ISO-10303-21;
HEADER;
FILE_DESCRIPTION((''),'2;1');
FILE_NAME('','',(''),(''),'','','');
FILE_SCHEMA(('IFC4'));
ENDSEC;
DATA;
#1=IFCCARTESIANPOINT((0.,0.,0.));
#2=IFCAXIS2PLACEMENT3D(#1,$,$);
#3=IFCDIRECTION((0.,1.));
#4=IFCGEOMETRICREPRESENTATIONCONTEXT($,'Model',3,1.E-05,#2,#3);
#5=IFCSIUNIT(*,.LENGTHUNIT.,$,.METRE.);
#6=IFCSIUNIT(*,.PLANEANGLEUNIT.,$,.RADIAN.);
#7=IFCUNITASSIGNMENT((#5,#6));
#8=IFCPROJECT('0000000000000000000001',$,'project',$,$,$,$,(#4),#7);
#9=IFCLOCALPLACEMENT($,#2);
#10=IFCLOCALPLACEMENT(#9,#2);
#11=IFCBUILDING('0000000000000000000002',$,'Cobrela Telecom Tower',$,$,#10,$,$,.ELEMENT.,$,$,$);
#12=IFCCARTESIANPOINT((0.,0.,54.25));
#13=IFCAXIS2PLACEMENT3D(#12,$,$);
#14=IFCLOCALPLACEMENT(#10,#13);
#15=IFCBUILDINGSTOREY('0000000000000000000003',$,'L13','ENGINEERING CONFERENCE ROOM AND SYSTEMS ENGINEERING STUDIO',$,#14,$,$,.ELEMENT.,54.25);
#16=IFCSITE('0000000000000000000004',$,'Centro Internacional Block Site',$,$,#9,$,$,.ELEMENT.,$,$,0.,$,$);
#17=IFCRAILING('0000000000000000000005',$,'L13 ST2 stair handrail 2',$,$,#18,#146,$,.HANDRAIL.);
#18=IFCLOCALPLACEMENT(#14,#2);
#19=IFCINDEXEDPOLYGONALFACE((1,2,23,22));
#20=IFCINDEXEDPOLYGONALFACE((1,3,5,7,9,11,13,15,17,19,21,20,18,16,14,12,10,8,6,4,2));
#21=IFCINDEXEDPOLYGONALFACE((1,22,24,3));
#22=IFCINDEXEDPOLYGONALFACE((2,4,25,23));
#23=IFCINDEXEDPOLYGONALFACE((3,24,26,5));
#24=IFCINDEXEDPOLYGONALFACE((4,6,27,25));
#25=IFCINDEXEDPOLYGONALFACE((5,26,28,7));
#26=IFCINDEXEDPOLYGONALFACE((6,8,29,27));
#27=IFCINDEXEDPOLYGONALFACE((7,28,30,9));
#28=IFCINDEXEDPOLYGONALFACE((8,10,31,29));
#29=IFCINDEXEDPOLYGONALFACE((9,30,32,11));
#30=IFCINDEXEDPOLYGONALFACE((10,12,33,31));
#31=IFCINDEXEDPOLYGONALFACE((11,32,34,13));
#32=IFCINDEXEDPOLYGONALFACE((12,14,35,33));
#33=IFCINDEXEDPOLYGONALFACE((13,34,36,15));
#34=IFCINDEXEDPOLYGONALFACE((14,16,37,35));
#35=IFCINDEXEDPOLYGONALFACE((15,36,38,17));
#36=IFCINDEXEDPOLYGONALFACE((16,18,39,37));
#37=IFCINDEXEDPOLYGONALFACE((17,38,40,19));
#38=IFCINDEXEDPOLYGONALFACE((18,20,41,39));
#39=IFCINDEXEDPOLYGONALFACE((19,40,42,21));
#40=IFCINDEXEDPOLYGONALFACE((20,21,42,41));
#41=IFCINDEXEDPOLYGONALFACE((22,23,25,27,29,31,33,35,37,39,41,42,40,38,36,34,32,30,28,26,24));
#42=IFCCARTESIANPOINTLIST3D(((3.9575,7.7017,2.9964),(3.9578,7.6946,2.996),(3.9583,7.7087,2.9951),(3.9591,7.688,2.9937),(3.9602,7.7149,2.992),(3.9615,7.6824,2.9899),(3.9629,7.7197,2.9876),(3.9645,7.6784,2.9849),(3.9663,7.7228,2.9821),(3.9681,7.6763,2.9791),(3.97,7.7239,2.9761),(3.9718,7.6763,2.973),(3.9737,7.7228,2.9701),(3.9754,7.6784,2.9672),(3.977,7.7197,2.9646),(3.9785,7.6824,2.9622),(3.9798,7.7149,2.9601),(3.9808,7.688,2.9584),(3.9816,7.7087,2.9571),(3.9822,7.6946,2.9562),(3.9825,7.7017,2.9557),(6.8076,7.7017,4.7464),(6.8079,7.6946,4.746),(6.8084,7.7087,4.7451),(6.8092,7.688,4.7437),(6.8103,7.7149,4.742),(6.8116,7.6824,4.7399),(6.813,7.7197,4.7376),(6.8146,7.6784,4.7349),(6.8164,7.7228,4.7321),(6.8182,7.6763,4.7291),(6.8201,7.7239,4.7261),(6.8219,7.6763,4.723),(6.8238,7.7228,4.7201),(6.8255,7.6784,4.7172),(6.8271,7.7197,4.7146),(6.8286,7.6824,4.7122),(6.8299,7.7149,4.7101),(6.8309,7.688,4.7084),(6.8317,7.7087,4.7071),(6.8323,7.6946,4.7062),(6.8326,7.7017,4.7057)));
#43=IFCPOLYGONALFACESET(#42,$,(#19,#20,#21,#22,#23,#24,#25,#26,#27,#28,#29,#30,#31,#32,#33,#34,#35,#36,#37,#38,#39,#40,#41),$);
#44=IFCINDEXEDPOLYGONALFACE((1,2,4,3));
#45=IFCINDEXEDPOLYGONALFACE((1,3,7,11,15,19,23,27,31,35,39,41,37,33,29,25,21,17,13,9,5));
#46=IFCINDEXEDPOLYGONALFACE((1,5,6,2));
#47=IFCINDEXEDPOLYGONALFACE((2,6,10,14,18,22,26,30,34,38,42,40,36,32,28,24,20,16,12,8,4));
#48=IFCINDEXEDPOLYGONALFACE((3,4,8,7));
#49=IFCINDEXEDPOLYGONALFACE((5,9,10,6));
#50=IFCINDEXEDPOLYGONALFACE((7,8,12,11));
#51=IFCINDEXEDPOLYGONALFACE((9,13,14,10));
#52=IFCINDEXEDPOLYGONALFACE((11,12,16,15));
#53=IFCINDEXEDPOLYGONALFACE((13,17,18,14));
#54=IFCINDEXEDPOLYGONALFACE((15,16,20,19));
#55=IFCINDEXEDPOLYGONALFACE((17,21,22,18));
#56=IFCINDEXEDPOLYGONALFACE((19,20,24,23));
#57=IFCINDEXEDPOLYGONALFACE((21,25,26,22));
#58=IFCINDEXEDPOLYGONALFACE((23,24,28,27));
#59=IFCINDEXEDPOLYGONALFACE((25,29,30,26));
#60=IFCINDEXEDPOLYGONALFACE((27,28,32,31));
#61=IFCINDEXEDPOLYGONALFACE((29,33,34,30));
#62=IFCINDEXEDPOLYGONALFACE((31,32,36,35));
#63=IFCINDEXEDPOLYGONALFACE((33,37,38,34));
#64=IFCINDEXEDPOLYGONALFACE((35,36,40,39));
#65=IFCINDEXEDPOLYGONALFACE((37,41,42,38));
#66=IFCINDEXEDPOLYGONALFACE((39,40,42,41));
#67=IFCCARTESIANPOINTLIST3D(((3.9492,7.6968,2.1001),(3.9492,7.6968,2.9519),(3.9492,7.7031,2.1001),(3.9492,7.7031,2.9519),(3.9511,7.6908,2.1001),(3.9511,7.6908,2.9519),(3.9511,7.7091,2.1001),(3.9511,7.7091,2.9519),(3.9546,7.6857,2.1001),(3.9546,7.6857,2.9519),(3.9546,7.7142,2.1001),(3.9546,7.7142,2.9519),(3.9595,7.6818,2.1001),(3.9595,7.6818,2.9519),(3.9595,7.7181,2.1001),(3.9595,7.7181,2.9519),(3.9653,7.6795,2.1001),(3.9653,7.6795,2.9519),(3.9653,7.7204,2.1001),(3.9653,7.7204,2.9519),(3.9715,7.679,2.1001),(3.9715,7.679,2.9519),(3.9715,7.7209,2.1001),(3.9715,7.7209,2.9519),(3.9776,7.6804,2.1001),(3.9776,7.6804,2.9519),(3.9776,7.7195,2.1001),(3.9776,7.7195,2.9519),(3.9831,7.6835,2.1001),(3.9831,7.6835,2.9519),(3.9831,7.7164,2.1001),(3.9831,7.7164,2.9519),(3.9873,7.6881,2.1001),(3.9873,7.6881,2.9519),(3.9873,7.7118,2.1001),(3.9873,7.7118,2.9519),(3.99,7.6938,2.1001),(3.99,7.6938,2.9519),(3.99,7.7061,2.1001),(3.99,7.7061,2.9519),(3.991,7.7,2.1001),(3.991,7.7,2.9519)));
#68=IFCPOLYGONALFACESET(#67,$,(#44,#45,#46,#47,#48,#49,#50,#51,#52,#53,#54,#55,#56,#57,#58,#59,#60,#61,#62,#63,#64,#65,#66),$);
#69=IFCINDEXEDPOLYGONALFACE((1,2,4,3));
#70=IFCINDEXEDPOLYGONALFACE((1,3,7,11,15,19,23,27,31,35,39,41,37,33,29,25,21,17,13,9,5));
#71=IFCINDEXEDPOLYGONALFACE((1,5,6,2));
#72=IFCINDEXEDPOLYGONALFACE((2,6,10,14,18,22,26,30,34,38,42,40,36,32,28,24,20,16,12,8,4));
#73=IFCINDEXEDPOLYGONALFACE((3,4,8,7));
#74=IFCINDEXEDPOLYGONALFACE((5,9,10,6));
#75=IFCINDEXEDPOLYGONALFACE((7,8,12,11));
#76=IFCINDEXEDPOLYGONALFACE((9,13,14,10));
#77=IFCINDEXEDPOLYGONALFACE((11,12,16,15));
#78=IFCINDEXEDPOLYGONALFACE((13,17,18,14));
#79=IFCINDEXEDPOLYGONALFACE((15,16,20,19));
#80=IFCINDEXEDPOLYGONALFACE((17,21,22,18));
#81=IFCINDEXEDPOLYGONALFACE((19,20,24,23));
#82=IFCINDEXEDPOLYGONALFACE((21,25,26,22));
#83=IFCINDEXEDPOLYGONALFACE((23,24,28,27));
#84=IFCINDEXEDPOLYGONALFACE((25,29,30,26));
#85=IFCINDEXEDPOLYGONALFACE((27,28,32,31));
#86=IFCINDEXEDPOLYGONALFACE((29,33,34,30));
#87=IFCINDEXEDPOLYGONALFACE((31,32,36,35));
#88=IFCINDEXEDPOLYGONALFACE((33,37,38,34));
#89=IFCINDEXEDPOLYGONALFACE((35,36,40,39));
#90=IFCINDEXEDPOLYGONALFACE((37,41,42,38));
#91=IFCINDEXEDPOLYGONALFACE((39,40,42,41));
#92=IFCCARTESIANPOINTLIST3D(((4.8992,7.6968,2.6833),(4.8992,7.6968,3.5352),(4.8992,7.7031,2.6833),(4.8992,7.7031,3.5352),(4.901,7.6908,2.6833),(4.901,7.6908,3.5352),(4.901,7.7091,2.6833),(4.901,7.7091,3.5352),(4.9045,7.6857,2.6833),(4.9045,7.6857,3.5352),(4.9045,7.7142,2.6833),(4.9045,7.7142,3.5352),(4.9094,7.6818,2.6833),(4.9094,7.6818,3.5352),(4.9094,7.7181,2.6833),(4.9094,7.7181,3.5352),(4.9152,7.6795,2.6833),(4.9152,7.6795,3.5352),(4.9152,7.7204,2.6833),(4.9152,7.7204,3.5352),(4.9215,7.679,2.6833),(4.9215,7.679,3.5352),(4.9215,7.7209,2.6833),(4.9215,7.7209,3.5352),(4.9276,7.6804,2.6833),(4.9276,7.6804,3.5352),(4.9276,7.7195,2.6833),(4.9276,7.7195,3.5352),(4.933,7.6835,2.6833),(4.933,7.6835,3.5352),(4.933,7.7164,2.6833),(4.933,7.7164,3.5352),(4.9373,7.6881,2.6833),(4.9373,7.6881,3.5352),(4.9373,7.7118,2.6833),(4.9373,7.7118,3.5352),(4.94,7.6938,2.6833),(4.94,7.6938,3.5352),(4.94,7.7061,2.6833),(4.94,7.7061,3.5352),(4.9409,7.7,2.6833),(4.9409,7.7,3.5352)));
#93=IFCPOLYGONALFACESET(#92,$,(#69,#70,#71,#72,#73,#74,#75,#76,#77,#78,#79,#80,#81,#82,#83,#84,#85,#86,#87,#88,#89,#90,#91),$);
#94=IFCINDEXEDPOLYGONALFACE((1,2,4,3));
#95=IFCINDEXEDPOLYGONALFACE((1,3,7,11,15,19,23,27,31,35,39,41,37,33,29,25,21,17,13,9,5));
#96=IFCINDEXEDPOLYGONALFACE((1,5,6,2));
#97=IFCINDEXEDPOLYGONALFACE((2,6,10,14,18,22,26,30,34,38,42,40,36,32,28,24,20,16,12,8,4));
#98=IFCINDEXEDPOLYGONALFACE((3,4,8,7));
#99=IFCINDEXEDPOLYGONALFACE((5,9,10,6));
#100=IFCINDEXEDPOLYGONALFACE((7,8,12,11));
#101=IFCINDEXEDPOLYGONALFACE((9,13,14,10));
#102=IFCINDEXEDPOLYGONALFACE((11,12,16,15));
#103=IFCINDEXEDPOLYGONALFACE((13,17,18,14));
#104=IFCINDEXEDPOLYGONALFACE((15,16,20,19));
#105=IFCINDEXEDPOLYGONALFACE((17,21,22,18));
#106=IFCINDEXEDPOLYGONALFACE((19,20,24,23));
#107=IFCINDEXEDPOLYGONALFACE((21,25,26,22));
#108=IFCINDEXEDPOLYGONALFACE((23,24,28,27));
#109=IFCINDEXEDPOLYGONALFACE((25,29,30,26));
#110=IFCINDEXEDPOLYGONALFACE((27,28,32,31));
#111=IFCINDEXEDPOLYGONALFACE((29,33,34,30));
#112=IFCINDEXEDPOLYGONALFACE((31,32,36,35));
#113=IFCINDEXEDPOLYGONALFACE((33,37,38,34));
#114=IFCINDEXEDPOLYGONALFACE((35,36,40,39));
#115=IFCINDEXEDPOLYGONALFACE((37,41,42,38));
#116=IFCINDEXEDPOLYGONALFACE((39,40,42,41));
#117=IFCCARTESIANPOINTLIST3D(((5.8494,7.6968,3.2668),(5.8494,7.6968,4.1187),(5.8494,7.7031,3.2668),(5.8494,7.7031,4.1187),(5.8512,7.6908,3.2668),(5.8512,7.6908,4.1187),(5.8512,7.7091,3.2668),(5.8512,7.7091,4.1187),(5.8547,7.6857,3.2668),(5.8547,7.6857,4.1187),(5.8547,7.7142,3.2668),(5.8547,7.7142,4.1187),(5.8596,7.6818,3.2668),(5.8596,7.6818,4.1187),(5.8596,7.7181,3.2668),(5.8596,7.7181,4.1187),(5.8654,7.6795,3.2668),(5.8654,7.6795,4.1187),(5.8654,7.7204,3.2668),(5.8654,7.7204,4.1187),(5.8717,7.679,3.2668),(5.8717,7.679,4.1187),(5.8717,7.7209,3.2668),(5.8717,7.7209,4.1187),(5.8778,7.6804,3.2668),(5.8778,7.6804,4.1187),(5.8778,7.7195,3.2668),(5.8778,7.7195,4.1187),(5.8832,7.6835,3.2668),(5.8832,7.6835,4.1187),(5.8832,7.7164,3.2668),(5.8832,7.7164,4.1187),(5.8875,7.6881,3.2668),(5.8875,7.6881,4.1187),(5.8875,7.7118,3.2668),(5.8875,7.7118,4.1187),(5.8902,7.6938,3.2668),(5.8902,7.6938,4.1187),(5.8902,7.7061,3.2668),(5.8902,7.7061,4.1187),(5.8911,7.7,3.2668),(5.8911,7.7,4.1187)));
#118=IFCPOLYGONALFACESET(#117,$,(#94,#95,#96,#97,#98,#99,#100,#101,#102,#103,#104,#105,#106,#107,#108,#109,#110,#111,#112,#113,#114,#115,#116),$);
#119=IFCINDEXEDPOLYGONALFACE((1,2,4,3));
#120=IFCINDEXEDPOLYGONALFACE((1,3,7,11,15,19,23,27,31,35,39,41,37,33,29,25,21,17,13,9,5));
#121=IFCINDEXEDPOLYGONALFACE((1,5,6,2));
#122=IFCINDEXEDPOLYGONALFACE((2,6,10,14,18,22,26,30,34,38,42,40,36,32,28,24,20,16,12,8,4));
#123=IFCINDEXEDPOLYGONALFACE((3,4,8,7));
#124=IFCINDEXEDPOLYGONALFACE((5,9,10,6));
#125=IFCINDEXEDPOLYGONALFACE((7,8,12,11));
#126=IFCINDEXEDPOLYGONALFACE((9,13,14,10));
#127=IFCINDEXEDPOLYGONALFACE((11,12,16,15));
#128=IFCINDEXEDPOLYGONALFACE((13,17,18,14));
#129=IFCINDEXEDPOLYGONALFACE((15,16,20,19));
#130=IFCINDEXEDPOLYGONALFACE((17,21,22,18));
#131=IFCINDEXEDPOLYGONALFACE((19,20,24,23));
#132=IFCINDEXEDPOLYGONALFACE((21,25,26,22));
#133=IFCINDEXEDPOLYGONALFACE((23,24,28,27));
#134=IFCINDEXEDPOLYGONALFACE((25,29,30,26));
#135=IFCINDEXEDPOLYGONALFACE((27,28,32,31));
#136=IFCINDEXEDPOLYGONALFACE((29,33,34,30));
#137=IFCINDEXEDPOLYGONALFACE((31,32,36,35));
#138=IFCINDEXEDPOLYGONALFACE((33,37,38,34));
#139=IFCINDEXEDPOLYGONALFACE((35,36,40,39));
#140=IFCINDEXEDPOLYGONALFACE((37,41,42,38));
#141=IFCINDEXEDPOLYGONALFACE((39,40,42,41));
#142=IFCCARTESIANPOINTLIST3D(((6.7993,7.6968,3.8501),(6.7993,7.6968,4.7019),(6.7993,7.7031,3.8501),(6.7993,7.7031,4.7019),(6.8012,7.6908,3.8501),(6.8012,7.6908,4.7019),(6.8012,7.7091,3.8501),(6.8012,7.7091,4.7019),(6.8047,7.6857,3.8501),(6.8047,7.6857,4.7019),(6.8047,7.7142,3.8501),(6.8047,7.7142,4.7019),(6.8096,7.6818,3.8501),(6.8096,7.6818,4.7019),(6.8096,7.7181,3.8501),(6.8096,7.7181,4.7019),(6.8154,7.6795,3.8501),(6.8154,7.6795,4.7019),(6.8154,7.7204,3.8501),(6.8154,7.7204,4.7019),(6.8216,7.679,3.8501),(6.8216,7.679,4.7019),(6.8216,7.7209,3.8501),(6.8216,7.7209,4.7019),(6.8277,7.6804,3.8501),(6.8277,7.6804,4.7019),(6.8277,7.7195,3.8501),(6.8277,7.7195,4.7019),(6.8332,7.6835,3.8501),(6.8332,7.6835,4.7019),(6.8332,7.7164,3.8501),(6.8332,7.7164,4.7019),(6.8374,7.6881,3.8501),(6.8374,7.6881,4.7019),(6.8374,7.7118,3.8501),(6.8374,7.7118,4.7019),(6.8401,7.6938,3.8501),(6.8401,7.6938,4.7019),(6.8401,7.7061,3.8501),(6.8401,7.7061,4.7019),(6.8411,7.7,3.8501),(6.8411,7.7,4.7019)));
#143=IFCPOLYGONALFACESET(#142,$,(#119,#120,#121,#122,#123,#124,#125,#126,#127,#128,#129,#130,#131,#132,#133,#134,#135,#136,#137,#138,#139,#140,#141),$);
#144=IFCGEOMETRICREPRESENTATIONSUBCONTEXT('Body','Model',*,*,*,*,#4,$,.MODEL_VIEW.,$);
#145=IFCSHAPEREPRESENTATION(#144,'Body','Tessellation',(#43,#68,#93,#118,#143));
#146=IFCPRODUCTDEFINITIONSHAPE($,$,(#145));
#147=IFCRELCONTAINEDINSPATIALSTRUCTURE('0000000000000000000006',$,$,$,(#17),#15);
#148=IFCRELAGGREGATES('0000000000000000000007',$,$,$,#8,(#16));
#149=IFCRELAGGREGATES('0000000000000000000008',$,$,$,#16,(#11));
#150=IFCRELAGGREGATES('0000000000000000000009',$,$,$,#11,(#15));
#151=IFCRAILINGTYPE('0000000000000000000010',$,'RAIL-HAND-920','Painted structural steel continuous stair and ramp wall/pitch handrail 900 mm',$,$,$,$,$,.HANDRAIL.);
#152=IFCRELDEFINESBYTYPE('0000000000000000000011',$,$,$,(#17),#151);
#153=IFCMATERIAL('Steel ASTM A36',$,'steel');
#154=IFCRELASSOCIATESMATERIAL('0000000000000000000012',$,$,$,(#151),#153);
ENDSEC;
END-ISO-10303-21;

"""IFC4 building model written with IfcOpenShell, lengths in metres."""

from ifc_helpers import new_model, si_unit, direction, frame, origin, origin_2d, place, context, subcontext, project, spatial, circle, extrude, material, type_object, element, save


model = new_model("IFC4")

# Units and contexts
model_context = context("Model", 3, precision=1e-05, world=origin(), true_north=direction((0.0, 1.0)))
body_context = subcontext(model_context, "Body", "Model", "MODEL_VIEW")
ifc_project = project(units=[si_unit("LENGTHUNIT", "METRE"), si_unit("PLANEANGLEUNIT", "RADIAN")], contexts=[model_context])

# Site, building, storey
site_placement = place(None, origin())
site = spatial("IfcSite", under=ifc_project, at=site_placement, Name="Centro Internacional Block Site", CompositionType="ELEMENT", RefElevation=0.0)
building_placement = place(site_placement, origin())
building = spatial("IfcBuilding", under=site, at=building_placement, Name="Cobrela Telecom Tower", CompositionType="ELEMENT")
storey_placement = place(building_placement, frame((0.0, 0.0, 54.25)))
storey = spatial("IfcBuildingStorey", under=building, at=storey_placement, Name="L13", Description="ENGINEERING CONFERENCE ROOM AND SYSTEMS ENGINEERING STUDIO", CompositionType="ELEMENT", Elevation=54.25)

# Railing
ifc_material_1 = material(Name="Steel ASTM A36", Category="steel")
railing_type = type_object("IfcRailingType", Name="RAIL-HAND-920", Description="Painted structural steel continuous stair and ramp wall/pitch handrail 900 mm", PredefinedType="HANDRAIL", material=ifc_material_1)
railing_placement = place(storey_placement, frame((3.97, 7.7, 2.1001)))
element("IfcRailing", 1, at=railing_placement, inside=storey, type_object=railing_type, Name="L13 ST2 stair handrail 2", PredefinedType="HANDRAIL", context=body_context, shape_type="SweptSolid", body=[
    extrude(circle(Radius=0.0239, at=origin_2d()), frame((0.0, 0.0, 0.876), z_axis=(0.852179, 0.0, 0.52325), x_axis=(0.0, 1.0, 0.0)), (0.0, 0.0, 1.0), 3.3445),
    extrude(circle(Radius=0.021, at=origin_2d()), origin(), (0.0, 0.0, 1.0), 0.8518),
    extrude(circle(Radius=0.021, at=origin_2d()), frame((0.95, 0.0, 0.5833)), (0.0, 0.0, 1.0), 0.8518),
    extrude(circle(Radius=0.021, at=origin_2d()), frame((1.9001, 0.0, 1.1667)), (0.0, 0.0, 1.0), 0.8518),
    extrude(circle(Radius=0.021, at=origin_2d()), frame((2.8501, 0.0, 1.75)), (0.0, 0.0, 1.0), 0.8518),
])

save(model, "model.ifc")
